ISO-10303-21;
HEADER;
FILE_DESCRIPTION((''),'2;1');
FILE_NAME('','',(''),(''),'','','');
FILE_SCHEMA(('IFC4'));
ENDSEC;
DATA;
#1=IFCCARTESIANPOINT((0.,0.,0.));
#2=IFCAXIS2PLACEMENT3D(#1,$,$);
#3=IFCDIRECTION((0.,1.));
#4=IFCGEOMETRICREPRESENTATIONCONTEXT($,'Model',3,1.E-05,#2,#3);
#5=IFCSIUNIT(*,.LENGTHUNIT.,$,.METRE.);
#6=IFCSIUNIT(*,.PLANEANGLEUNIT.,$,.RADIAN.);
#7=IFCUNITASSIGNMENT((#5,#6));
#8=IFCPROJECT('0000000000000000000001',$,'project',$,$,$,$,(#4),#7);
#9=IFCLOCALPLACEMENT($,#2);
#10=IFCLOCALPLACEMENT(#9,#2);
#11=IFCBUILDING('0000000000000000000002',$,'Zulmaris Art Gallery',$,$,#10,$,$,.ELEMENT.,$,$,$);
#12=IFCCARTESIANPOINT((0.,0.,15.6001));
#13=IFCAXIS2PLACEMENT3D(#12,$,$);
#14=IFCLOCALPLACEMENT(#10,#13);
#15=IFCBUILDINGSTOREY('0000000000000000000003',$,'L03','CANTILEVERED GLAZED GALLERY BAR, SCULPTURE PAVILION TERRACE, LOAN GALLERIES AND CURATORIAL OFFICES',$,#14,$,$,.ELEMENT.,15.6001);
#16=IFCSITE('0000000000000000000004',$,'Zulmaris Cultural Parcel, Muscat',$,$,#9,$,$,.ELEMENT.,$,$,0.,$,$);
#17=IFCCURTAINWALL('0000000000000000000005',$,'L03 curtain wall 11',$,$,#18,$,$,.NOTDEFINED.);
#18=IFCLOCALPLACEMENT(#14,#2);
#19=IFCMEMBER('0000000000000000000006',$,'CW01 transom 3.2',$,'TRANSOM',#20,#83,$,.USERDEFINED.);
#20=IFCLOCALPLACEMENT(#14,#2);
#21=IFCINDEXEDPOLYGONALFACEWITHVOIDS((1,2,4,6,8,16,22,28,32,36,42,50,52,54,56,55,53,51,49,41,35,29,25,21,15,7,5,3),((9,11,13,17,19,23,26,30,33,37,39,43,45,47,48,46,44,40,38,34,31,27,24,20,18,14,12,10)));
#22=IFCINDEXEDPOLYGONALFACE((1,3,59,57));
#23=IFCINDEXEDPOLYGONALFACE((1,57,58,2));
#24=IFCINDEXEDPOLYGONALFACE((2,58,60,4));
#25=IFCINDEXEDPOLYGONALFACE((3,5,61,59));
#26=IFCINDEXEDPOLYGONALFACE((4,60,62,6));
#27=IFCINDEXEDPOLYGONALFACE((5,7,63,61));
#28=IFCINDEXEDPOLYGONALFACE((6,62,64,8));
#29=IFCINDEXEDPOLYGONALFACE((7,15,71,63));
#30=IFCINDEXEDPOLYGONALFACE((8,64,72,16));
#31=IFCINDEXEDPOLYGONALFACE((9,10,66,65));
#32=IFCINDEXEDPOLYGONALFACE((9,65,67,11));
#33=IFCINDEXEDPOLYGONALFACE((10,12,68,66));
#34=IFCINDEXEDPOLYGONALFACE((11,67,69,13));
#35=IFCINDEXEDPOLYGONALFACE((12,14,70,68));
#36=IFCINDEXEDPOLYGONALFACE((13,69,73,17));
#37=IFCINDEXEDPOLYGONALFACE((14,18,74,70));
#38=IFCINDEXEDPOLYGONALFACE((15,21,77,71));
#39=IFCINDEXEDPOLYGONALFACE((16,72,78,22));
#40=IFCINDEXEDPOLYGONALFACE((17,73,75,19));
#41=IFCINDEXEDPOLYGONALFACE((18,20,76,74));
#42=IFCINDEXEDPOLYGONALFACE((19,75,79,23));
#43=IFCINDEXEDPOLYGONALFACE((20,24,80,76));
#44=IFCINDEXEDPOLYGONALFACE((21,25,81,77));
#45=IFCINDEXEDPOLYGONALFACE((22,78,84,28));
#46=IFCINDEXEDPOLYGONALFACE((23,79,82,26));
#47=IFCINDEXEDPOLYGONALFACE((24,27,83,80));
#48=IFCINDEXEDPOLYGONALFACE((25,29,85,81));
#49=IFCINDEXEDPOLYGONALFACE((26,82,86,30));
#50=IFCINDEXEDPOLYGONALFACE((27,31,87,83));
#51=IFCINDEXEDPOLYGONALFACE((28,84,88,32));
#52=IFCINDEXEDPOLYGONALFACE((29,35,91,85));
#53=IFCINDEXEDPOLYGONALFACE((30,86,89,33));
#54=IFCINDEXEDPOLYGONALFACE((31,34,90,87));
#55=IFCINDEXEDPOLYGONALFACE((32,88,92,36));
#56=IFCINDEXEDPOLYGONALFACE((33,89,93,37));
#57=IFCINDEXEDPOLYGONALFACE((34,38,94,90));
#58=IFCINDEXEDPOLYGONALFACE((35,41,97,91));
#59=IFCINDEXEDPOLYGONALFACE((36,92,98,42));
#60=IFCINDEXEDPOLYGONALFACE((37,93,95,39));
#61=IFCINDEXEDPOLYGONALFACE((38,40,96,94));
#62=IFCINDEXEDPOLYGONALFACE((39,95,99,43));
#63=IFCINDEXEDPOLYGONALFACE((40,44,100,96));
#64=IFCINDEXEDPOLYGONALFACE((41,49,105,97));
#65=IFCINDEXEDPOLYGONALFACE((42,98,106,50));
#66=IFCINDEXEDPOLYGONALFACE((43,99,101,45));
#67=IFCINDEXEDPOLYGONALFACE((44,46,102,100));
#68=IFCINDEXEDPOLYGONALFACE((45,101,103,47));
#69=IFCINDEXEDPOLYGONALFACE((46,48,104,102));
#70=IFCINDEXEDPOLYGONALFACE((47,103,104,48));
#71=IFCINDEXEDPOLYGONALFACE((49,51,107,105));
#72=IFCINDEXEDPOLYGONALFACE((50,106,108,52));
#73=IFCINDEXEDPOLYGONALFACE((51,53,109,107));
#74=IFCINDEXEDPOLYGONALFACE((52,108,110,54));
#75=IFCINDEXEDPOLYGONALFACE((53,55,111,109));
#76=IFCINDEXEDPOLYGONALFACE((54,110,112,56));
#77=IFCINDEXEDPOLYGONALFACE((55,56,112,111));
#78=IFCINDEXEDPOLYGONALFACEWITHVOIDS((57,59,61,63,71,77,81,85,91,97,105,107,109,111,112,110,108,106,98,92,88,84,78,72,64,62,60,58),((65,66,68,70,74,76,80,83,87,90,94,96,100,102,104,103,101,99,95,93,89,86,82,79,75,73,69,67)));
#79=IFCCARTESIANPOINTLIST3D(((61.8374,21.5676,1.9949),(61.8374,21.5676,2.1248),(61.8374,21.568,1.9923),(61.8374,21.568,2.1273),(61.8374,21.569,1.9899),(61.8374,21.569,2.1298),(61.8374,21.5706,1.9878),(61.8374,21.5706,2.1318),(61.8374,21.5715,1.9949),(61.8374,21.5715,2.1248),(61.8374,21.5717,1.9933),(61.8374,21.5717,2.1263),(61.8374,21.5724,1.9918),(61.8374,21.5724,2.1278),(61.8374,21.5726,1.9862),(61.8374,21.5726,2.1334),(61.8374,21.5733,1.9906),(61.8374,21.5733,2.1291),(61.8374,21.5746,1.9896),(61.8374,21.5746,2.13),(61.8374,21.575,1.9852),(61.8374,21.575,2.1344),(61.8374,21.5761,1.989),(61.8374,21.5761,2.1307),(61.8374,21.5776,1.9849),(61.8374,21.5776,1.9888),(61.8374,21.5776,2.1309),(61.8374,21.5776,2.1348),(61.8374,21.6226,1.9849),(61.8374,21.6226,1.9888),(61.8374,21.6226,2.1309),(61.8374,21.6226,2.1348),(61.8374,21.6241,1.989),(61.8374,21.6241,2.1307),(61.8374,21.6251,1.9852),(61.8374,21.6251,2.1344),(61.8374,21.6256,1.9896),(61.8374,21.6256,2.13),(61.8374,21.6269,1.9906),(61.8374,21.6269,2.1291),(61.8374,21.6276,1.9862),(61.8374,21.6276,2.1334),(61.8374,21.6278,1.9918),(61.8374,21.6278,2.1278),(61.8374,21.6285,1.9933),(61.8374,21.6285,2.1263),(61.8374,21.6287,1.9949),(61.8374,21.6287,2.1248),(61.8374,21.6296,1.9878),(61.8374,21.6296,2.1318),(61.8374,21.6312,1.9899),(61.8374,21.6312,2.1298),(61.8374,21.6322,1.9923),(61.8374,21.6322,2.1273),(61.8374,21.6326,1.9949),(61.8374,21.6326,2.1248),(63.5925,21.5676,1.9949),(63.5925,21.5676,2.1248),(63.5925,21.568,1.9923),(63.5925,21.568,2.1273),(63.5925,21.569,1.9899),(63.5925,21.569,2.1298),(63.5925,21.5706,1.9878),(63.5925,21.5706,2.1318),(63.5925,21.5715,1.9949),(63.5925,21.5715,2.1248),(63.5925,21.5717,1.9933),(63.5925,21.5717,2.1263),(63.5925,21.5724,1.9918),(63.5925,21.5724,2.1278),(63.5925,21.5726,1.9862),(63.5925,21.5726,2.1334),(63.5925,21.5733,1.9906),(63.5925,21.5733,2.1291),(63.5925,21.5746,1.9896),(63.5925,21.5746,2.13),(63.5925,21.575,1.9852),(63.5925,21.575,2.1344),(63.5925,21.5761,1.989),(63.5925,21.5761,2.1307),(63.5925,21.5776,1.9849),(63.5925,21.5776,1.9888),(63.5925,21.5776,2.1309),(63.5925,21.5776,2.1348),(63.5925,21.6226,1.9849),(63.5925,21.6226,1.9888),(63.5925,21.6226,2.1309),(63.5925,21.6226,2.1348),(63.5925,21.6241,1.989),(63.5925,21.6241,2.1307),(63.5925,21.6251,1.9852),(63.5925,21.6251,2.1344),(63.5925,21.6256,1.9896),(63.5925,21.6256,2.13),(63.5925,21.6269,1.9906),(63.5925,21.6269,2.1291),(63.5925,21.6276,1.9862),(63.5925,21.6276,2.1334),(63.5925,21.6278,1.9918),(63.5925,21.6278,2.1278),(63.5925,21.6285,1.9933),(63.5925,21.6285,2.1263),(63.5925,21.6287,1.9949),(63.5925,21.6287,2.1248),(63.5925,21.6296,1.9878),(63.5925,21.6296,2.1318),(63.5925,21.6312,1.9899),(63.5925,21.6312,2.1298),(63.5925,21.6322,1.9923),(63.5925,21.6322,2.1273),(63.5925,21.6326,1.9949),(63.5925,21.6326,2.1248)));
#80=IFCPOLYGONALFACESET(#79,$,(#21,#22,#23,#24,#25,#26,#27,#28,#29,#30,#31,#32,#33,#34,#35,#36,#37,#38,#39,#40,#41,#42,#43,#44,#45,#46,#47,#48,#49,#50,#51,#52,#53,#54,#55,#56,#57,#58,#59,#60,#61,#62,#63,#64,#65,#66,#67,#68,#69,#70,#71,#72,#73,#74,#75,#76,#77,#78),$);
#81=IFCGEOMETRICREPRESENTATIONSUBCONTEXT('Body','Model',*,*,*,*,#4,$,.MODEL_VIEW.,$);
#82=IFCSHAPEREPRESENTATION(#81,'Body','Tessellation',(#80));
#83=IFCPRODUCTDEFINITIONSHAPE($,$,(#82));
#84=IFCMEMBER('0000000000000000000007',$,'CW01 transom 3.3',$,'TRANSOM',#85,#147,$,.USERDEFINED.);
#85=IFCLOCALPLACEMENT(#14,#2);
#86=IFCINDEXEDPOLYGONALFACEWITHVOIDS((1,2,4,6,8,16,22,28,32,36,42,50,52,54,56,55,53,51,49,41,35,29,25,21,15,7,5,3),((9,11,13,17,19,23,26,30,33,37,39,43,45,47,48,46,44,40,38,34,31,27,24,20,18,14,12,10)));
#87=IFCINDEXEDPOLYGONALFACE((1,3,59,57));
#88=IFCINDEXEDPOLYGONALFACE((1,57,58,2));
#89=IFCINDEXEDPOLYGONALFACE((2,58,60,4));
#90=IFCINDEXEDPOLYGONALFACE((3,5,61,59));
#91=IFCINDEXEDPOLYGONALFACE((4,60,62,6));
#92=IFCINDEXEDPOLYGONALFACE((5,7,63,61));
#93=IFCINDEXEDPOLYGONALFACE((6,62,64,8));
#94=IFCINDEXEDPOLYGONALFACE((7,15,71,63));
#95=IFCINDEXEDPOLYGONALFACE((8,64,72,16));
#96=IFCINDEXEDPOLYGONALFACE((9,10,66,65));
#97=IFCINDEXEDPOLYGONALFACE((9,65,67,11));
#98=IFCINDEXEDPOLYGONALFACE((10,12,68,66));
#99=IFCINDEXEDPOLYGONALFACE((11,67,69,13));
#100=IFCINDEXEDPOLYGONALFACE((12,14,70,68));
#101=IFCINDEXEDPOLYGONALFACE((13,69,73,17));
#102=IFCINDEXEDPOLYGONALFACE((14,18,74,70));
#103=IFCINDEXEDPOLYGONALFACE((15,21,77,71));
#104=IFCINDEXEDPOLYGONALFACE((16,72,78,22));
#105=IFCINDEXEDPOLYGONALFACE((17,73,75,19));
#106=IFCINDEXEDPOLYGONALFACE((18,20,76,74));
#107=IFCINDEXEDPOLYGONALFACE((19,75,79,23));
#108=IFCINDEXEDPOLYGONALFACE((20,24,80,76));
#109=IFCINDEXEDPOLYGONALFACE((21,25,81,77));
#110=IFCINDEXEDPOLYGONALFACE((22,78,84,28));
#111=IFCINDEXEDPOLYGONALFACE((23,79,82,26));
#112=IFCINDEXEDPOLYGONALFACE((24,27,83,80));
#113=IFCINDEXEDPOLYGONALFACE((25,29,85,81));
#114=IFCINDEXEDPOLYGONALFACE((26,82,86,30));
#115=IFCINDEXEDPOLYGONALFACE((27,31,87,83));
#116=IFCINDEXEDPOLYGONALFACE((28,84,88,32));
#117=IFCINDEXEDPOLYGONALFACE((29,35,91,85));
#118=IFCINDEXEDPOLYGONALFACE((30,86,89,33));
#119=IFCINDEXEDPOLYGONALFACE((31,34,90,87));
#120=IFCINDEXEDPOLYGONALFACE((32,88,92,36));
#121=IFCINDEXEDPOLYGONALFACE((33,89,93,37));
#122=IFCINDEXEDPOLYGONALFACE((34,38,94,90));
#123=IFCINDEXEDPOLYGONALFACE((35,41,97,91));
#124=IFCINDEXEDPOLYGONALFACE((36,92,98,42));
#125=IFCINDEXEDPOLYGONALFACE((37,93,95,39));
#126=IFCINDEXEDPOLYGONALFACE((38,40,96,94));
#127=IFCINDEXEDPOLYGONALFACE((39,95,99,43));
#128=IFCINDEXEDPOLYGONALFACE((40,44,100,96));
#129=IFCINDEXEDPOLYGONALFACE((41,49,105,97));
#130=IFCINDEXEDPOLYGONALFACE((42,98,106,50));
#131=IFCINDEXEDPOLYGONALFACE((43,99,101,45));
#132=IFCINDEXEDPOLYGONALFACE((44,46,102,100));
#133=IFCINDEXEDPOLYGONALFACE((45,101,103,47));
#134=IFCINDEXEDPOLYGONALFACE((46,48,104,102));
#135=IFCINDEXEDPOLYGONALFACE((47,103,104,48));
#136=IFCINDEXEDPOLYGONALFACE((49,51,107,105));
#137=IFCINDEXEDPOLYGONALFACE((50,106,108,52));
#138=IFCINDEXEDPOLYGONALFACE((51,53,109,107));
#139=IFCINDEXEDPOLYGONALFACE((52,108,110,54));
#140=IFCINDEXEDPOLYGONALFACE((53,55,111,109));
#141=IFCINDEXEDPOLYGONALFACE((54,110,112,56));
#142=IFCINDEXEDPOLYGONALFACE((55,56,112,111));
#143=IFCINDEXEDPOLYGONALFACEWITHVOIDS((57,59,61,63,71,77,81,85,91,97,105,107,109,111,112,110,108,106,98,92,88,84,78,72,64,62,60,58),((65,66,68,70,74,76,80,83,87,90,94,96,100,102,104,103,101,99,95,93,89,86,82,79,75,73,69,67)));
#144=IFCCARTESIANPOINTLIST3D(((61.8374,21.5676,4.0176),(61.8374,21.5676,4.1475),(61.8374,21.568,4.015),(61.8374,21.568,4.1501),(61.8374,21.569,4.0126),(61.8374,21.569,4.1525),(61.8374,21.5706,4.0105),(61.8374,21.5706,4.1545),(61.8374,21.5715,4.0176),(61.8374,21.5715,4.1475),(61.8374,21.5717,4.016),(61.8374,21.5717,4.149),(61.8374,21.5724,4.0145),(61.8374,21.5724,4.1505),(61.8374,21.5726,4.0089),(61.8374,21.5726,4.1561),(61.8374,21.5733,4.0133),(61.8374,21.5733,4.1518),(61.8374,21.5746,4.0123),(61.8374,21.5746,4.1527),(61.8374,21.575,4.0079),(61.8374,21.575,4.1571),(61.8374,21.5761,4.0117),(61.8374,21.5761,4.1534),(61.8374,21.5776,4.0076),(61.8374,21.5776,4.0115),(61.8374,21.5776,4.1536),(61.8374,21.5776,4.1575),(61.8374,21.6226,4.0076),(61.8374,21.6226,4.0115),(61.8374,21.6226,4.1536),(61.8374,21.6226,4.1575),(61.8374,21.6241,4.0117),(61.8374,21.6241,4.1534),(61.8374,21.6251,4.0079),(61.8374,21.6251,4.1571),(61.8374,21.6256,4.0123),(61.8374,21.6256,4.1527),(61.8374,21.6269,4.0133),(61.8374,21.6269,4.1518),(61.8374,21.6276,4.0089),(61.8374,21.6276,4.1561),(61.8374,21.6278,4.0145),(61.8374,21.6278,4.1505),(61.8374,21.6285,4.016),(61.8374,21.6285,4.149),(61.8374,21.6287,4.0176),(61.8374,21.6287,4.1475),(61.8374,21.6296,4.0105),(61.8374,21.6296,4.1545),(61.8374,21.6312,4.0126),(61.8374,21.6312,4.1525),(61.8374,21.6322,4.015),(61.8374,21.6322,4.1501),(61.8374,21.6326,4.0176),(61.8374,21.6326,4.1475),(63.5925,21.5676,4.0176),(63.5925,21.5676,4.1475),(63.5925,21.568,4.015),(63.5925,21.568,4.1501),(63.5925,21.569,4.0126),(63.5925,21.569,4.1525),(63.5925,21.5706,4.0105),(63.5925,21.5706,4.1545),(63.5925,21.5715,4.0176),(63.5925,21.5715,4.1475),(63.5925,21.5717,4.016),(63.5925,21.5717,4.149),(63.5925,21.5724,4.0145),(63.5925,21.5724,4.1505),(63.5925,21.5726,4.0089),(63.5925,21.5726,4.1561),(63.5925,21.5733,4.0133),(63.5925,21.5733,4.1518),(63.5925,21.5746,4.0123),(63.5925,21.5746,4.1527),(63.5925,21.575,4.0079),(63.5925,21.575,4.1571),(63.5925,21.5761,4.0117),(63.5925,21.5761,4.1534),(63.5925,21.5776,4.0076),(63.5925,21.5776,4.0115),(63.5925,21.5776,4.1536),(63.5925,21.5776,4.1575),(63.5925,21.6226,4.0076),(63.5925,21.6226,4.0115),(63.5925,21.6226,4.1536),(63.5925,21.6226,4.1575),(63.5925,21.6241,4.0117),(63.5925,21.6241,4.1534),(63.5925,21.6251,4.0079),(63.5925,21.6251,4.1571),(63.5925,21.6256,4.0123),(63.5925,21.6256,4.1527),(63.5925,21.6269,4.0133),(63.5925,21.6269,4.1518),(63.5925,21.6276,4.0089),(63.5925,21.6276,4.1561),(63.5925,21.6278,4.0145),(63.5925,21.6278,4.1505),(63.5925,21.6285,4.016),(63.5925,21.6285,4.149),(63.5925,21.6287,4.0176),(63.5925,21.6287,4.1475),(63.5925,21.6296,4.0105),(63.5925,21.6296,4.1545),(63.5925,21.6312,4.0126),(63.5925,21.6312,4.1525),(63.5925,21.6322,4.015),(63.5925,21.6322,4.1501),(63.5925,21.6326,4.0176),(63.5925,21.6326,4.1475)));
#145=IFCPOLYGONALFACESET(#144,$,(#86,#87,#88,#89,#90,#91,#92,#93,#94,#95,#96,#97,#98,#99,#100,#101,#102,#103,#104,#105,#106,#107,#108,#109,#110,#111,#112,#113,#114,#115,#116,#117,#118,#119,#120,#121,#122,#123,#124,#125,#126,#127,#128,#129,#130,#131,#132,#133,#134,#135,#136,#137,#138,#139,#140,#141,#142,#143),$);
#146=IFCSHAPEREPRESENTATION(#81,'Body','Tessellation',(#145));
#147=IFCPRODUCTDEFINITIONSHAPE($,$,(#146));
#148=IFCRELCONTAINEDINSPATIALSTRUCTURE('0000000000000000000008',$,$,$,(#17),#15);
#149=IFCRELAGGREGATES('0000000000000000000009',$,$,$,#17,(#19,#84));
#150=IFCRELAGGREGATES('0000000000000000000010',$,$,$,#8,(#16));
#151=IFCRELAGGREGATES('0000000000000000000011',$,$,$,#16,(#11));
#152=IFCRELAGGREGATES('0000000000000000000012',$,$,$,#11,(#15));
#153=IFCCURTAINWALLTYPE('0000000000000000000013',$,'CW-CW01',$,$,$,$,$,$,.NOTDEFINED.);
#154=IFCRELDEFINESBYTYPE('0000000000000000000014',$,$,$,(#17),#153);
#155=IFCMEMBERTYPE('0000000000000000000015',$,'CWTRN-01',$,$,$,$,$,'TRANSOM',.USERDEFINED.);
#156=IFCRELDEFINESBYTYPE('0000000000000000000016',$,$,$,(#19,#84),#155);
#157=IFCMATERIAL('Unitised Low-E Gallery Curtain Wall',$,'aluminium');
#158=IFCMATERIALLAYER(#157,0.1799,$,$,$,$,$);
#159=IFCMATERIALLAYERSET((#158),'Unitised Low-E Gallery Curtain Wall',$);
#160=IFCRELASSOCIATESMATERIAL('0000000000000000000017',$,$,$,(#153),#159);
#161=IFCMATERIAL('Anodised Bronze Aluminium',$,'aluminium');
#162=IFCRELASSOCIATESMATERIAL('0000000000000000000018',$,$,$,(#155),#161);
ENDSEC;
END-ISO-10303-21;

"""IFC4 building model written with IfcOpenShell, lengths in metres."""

from ifc_helpers import new_model, si_unit, direction, frame, origin, origin_2d, place, context, subcontext, project, spatial, hollow_rectangle, extrude, material, layer, layer_set, material_profile, profile_set, type_object, element, aggregate, save


model = new_model("IFC4")

# Units and contexts
model_context = context("Model", 3, precision=1e-05, world=origin(), true_north=direction((0.0, 1.0)))
body_context = subcontext(model_context, "Body", "Model", "MODEL_VIEW")
ifc_project = project(units=[si_unit("LENGTHUNIT", "METRE"), si_unit("PLANEANGLEUNIT", "RADIAN")], contexts=[model_context])

# Site, building, storey
site_placement = place(None, origin())
site = spatial("IfcSite", under=ifc_project, at=site_placement, Name="Zulmaris Cultural Parcel, Muscat", CompositionType="ELEMENT", RefElevation=0.0)
building_placement = place(site_placement, origin())
building = spatial("IfcBuilding", under=site, at=building_placement, Name="Zulmaris Art Gallery", CompositionType="ELEMENT")
storey_placement = place(building_placement, frame((0.0, 0.0, 15.6001)))
storey = spatial("IfcBuildingStorey", under=building, at=storey_placement, Name="L03", Description="CANTILEVERED GLAZED GALLERY BAR, SCULPTURE PAVILION TERRACE, LOAN GALLERIES AND CURATORIAL OFFICES", CompositionType="ELEMENT", Elevation=15.6001)

# Curtain wall
ifc_material_1 = material(Name="Unitised Low-E Gallery Curtain Wall", Category="aluminium")
ifc_layer_1 = layer(ifc_material_1, 0.1799)
ifc_layer_set_1 = layer_set([ifc_layer_1], Name="Unitised Low-E Gallery Curtain Wall")
curtain_wall_type_1 = type_object("IfcCurtainWallType", Name="CW-CW01", PredefinedType="NOTDEFINED", material=ifc_layer_set_1)
curtain_wall_1_placement = place(storey_placement, origin())
curtain_wall_1 = element("IfcCurtainWall", 1, at=curtain_wall_1_placement, inside=storey, type_object=curtain_wall_type_1, Name="L03 curtain wall 11", PredefinedType="NOTDEFINED")
ifc_material_2 = material(Name="Anodised Bronze Aluminium", Category="aluminium")

# Members
ifc_material_profile_1 = material_profile(ifc_material_2, hollow_rectangle(XDim=0.0649, YDim=0.1499, WallThickness=0.0039, InnerFilletRadius=0.0061, OuterFilletRadius=0.01, at=origin_2d()), Name="ALU 65x150x4")
ifc_profile_set_1 = profile_set([ifc_material_profile_1], Name="Anodised Bronze Aluminium")
member_type_1 = type_object("IfcMemberType", Name="CWTRN-01", ElementType="TRANSOM", PredefinedType="USERDEFINED", material=ifc_profile_set_1)
member_1_placement = place(storey_placement, frame((61.8374, 21.6001, 2.0598), z_axis=(1.0, 0.0, 0.0), x_axis=(0.0, 1.0, 0.0)))
member_1 = element("IfcMember", 2, at=member_1_placement, type_object=member_type_1, Name="CW01 transom 3.2", ObjectType="TRANSOM", PredefinedType="USERDEFINED", context=body_context, shape_type="SweptSolid", body=[
    extrude(hollow_rectangle(XDim=0.0649, YDim=0.1499, WallThickness=0.0039, InnerFilletRadius=0.0061, OuterFilletRadius=0.01, at=origin_2d()), origin(), (0.0, 0.0, 1.0), 1.7551),
])
member_2_placement = place(storey_placement, frame((61.8374, 21.6001, 4.0825), z_axis=(1.0, 0.0, 0.0), x_axis=(0.0, 1.0, 0.0)))
member_2 = element("IfcMember", 3, at=member_2_placement, type_object=member_type_1, Name="CW01 transom 3.3", ObjectType="TRANSOM", PredefinedType="USERDEFINED", context=body_context, shape_type="SweptSolid", body=[
    extrude(hollow_rectangle(XDim=0.0649, YDim=0.1499, WallThickness=0.0039, InnerFilletRadius=0.0061, OuterFilletRadius=0.01, at=origin_2d()), origin(), (0.0, 0.0, 1.0), 1.7551),
])

aggregate(curtain_wall_1, [member_1, member_2])

save(model, "model.ifc")
